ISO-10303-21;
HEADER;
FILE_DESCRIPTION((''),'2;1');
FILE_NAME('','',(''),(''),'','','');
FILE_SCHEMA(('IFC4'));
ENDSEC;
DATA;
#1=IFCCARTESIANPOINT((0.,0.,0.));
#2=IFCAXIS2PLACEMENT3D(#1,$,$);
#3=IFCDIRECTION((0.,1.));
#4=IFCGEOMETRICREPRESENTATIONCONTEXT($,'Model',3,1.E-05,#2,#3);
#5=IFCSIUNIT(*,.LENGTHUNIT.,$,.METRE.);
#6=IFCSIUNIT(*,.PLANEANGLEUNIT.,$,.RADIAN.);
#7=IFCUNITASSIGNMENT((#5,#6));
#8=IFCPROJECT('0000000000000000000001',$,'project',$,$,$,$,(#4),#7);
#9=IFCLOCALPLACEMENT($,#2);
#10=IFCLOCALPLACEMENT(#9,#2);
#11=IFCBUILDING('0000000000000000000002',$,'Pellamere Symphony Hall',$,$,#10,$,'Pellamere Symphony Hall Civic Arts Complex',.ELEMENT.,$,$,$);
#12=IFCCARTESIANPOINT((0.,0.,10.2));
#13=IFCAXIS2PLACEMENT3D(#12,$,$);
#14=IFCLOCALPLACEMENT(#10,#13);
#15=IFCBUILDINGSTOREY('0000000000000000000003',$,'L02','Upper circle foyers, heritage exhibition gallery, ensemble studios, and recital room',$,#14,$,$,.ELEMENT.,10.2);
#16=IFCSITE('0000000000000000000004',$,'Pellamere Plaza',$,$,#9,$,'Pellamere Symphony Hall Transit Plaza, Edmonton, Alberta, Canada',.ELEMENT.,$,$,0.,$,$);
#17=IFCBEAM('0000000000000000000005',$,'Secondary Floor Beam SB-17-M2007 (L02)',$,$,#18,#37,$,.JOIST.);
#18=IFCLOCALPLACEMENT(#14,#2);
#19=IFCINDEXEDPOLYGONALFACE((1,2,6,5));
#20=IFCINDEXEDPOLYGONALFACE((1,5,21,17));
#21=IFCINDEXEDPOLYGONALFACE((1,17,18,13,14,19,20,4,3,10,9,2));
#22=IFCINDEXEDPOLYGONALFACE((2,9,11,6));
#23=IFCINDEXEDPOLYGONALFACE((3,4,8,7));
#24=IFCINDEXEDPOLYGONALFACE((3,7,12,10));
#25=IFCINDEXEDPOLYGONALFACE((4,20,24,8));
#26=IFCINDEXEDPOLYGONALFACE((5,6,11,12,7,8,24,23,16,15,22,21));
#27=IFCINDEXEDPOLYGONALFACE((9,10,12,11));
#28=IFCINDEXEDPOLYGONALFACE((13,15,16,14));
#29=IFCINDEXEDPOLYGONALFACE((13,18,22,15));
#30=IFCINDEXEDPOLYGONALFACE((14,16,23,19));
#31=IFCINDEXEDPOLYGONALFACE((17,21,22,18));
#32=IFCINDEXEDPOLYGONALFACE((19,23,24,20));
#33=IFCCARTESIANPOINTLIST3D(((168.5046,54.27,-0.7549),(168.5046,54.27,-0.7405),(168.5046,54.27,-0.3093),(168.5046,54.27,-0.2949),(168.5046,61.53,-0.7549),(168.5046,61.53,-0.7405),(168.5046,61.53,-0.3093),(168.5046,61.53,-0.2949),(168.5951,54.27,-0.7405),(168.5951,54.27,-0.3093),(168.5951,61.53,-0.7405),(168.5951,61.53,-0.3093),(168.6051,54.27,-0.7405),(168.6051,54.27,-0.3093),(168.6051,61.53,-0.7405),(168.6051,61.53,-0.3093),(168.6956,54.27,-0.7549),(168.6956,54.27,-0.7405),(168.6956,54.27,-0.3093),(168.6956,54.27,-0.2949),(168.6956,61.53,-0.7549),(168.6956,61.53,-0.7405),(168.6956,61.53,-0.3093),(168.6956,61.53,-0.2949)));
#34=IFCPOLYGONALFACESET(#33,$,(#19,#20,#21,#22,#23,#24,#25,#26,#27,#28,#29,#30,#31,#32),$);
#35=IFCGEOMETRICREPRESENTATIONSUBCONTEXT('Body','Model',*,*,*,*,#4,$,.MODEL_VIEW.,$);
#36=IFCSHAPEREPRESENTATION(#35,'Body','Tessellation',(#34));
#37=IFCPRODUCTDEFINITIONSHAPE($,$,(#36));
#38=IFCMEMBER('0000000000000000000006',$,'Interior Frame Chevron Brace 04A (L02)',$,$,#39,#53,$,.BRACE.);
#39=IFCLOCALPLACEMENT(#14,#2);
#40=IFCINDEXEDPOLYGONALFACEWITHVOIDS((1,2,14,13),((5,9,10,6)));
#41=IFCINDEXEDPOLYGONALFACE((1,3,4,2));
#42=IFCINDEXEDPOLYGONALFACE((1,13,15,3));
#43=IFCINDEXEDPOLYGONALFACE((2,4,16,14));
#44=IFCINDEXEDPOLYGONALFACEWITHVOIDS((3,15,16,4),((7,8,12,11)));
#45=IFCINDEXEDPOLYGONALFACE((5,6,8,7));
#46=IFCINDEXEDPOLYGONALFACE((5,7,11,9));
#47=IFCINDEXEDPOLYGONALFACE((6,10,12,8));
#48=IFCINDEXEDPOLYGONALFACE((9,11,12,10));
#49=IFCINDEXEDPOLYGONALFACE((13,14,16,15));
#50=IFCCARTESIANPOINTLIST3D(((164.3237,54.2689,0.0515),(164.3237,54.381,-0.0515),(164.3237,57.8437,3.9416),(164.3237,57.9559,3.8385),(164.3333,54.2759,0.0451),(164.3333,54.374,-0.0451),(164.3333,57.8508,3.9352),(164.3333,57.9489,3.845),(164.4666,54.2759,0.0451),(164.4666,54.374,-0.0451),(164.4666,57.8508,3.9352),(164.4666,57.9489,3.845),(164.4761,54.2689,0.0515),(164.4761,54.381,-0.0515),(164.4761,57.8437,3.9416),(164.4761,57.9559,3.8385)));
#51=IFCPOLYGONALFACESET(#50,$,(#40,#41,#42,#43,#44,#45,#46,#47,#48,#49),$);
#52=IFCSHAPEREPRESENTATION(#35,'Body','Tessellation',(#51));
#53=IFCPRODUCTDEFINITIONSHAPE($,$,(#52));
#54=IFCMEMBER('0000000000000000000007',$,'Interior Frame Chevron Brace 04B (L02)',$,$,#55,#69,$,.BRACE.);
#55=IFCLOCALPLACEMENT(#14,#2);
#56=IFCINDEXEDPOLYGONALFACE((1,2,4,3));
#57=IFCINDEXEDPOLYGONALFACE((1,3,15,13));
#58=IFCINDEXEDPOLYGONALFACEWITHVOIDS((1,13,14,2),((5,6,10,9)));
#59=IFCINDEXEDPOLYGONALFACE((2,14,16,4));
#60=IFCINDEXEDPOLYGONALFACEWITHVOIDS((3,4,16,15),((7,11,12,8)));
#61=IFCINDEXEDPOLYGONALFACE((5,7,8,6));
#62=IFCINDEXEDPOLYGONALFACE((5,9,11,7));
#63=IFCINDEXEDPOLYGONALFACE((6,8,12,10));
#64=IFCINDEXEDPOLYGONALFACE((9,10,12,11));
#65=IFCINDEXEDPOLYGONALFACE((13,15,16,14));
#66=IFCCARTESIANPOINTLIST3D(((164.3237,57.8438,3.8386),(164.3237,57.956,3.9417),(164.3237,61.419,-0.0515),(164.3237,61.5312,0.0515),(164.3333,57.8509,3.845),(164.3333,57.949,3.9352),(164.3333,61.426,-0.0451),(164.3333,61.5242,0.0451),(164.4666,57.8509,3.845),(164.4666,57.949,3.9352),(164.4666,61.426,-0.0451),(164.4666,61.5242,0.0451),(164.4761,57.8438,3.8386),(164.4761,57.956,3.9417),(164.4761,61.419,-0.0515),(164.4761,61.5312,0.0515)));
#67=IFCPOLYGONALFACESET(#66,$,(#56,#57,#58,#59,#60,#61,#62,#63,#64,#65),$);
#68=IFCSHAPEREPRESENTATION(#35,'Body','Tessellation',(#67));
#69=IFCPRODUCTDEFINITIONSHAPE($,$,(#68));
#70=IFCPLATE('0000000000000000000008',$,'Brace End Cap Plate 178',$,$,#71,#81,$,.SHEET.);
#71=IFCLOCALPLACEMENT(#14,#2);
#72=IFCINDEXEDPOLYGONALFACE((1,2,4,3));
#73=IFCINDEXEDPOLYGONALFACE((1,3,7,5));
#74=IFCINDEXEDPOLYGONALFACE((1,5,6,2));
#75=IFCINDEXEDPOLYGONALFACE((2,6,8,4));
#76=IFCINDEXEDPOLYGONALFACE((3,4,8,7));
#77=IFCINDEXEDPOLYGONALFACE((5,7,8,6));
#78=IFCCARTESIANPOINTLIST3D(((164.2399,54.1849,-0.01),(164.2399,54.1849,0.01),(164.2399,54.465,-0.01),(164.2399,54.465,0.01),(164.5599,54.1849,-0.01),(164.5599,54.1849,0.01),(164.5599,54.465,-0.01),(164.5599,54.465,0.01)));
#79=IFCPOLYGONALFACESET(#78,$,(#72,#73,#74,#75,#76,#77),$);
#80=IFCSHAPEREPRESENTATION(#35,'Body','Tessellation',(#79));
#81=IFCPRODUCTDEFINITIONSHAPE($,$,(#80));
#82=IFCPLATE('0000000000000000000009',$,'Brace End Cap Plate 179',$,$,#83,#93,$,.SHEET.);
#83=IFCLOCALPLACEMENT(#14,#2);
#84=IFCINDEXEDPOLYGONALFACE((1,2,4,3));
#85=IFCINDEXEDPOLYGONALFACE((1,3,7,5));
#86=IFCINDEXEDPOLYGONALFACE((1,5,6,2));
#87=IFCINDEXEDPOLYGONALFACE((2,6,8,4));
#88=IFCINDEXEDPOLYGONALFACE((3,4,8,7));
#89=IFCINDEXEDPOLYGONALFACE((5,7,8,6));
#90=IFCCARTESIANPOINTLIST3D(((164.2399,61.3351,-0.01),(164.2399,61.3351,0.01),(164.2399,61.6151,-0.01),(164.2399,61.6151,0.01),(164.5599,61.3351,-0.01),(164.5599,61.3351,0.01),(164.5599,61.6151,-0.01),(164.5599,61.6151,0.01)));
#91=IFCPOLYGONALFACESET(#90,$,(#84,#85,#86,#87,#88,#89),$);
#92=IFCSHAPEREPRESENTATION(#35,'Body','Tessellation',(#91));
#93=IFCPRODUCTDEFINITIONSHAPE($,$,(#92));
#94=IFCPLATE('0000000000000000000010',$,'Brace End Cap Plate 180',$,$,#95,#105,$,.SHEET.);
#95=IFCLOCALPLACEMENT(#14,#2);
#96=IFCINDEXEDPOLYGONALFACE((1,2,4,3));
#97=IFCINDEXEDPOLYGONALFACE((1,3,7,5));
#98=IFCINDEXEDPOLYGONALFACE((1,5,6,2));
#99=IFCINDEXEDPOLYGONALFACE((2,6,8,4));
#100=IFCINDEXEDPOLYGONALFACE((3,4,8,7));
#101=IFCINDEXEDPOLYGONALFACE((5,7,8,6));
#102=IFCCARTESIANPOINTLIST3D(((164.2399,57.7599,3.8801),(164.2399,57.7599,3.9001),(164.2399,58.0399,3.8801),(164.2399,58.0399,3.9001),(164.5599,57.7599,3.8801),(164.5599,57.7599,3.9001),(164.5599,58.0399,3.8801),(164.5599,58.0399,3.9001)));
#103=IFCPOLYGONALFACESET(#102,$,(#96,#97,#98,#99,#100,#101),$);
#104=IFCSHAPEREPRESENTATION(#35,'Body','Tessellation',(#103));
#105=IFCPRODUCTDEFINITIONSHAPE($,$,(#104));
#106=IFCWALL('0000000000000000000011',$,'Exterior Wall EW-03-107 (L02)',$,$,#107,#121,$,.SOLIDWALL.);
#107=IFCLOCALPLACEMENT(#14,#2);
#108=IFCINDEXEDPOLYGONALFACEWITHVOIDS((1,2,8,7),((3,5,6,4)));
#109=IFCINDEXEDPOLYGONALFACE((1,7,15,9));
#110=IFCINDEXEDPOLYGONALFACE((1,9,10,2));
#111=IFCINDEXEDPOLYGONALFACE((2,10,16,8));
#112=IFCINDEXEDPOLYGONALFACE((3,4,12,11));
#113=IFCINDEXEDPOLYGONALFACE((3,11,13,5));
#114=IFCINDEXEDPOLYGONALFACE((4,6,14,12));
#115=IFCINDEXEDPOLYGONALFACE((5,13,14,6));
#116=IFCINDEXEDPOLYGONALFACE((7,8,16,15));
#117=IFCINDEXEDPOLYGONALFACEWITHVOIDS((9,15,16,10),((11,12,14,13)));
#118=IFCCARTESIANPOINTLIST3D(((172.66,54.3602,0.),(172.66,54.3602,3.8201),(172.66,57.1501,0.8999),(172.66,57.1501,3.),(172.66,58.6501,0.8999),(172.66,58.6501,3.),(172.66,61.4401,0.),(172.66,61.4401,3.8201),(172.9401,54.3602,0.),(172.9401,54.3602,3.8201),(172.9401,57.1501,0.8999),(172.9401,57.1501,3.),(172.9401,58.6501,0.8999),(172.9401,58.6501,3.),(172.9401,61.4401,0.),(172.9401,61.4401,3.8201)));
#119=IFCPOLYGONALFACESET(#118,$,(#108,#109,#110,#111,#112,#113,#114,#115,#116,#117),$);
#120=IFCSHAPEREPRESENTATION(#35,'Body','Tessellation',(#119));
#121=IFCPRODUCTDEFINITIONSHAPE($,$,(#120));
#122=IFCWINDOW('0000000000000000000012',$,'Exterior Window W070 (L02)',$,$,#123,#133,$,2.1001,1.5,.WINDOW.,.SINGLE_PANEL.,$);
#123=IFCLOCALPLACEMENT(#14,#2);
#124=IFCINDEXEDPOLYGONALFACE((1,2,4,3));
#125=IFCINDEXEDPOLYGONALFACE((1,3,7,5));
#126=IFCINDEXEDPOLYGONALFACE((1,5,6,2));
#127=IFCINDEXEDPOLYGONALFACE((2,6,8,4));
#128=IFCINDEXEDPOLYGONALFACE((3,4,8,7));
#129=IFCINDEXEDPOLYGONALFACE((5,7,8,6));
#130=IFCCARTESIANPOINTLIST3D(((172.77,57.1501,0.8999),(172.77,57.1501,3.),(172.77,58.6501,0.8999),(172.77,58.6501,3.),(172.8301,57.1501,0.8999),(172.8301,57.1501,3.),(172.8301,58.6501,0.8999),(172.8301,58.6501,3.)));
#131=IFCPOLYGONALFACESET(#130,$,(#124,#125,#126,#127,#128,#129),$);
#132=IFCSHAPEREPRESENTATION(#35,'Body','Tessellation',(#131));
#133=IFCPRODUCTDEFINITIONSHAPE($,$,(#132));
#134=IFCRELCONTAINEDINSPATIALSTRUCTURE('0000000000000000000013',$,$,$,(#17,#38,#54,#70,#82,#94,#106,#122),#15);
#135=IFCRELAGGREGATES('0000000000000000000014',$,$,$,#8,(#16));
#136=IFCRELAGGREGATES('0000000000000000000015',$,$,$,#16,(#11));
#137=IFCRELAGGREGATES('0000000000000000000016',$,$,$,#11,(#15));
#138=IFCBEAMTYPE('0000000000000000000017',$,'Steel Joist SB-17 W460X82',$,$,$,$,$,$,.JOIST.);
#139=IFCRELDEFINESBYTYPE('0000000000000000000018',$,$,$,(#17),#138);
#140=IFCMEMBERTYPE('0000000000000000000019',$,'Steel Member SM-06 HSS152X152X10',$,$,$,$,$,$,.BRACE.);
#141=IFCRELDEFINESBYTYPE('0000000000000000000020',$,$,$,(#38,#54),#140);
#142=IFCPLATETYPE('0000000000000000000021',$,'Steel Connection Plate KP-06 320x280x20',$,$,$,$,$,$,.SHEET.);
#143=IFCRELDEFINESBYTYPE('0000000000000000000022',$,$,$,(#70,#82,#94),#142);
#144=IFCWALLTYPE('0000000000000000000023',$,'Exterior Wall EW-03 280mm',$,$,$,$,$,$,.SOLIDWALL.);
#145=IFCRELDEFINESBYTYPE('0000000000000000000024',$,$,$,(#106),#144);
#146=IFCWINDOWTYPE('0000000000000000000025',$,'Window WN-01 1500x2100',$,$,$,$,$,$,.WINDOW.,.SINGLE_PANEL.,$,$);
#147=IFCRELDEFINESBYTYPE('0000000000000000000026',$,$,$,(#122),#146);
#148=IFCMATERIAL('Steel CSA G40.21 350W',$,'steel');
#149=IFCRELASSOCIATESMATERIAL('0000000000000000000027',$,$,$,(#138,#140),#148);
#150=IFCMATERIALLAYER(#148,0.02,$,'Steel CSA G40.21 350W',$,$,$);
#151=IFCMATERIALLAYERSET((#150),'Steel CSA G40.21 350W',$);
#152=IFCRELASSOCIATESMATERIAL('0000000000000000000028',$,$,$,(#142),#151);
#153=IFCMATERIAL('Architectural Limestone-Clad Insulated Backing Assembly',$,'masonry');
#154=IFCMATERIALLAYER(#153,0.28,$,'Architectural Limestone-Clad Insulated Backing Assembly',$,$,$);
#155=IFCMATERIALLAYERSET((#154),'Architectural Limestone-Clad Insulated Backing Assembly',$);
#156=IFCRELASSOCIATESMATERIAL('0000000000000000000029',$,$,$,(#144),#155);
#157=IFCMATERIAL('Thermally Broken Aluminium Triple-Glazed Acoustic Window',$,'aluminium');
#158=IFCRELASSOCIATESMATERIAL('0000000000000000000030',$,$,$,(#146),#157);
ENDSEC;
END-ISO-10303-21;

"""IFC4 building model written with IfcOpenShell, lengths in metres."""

from ifc_helpers import new_model, si_unit, direction, frame, frame_2d, origin, origin_2d, place, context, subcontext, project, spatial, rectangle, hollow_rectangle, i_section, extrude, material, layer, layer_set, material_profile, profile_set, type_object, element, fill, save


model = new_model("IFC4")

# Units and contexts
model_context = context("Model", 3, precision=1e-05, world=origin(), true_north=direction((0.0, 1.0)))
body_context = subcontext(model_context, "Body", "Model", "MODEL_VIEW")
ifc_project = project(units=[si_unit("LENGTHUNIT", "METRE"), si_unit("PLANEANGLEUNIT", "RADIAN")], contexts=[model_context])

# Site, building, storey
site_placement = place(None, origin())
site = spatial("IfcSite", under=ifc_project, at=site_placement, Name="Pellamere Plaza", LongName="Pellamere Symphony Hall Transit Plaza, Edmonton, Alberta, Canada", CompositionType="ELEMENT", RefElevation=0.0)
building_placement = place(site_placement, origin())
building = spatial("IfcBuilding", under=site, at=building_placement, Name="Pellamere Symphony Hall", LongName="Pellamere Symphony Hall Civic Arts Complex", CompositionType="ELEMENT")
storey_placement = place(building_placement, frame((0.0, 0.0, 10.2)))
storey = spatial("IfcBuildingStorey", under=building, at=storey_placement, Name="L02", Description="Upper circle foyers, heritage exhibition gallery, ensemble studios, and recital room", CompositionType="ELEMENT", Elevation=10.2)

# Beam
ifc_material_1 = material(Name="Steel CSA G40.21 350W", Category="steel")
ifc_material_profile_1 = material_profile(ifc_material_1, i_section(OverallWidth=0.1909, OverallDepth=0.46, WebThickness=0.01, FlangeThickness=0.0144, at=origin_2d()), Name="W460X82")
ifc_profile_set_1 = profile_set([ifc_material_profile_1], Name="Steel CSA G40.21 350W")
beam_type_1 = type_object("IfcBeamType", Name="Steel Joist SB-17 W460X82", PredefinedType="JOIST", material=ifc_profile_set_1)
for number, where, z_axis, x_axis, name in (
    (1, (168.6001, 54.27, -0.5249), (0.0, 1.0, 0.0), (-1.0, 0.0, 0.0), "Secondary Floor Beam SB-17-M2007 (L02)"),
):
    element("IfcBeam", number, at=place(storey_placement, frame(where, z_axis=z_axis, x_axis=x_axis)), inside=storey, type_object=beam_type_1, Name=name, PredefinedType="JOIST", context=body_context, shape_type="SweptSolid", body=[
        extrude(i_section(OverallWidth=0.1909, OverallDepth=0.46, WebThickness=0.01, FlangeThickness=0.0144, at=origin_2d()), origin(), (0.0, 0.0, 1.0), 7.26),
    ])

# Members
ifc_material_profile_2 = material_profile(ifc_material_1, hollow_rectangle(XDim=0.1523, YDim=0.1523, WallThickness=0.0095, at=origin_2d()), Name="HSS152X152X10")
ifc_profile_set_2 = profile_set([ifc_material_profile_2], Name="Steel CSA G40.21 350W")
member_type = type_object("IfcMemberType", Name="Steel Member SM-06 HSS152X152X10", PredefinedType="BRACE", material=ifc_profile_set_2)
member_1_placement = place(storey_placement, frame((164.3999, 54.325, 0.0), z_axis=(0.0, 0.676649, 0.736306), x_axis=(-1.0, 0.0, 0.0)))
element("IfcMember", 2, at=member_1_placement, inside=storey, type_object=member_type, Name="Interior Frame Chevron Brace 04A (L02)", PredefinedType="BRACE", context=body_context, shape_type="SweptSolid", body=[
    extrude(hollow_rectangle(XDim=0.1523, YDim=0.1523, WallThickness=0.0095, at=origin_2d()), origin(), (0.0, 0.0, 1.0), 5.2832),
])
member_2_placement = place(storey_placement, frame((164.3999, 61.4751, 0.0), z_axis=(0.0, -0.676674, 0.736283), x_axis=(1.0, 0.0, 0.0)))
element("IfcMember", 3, at=member_2_placement, inside=storey, type_object=member_type, Name="Interior Frame Chevron Brace 04B (L02)", PredefinedType="BRACE", context=body_context, shape_type="SweptSolid", body=[
    extrude(hollow_rectangle(XDim=0.1523, YDim=0.1523, WallThickness=0.0095, at=origin_2d()), origin(), (0.0, 0.0, 1.0), 5.2834),
])

# Plates
ifc_layer_1 = layer(ifc_material_1, 0.02, Name="Steel CSA G40.21 350W")
ifc_layer_set_1 = layer_set([ifc_layer_1], Name="Steel CSA G40.21 350W")
plate_type = type_object("IfcPlateType", Name="Steel Connection Plate KP-06 320x280x20", PredefinedType="SHEET", material=ifc_layer_set_1)
for number, where, z_axis, x_axis, name in (
    (4, (164.3999, 54.325, -0.01), (0.0, 0.0, 1.0), (1.0, 0.0, 0.0), "Brace End Cap Plate 178"),
    (5, (164.3999, 61.4751, -0.01), (0.0, 0.0, 1.0), (1.0, 0.0, 0.0), "Brace End Cap Plate 179"),
    (6, (164.3999, 57.8999, 3.8801), (0.0, 0.0, 1.0), (1.0, 0.0, 0.0), "Brace End Cap Plate 180"),
):
    element("IfcPlate", number, at=place(storey_placement, frame(where, z_axis=z_axis, x_axis=x_axis)), inside=storey, type_object=plate_type, Name=name, PredefinedType="SHEET", context=body_context, shape_type="SweptSolid", body=[
        extrude(rectangle(XDim=0.3201, YDim=0.28, at=origin_2d()), origin(), (0.0, 0.0, 1.0), 0.02),
    ])

# Wall, opening, window
ifc_material_2 = material(Name="Architectural Limestone-Clad Insulated Backing Assembly", Category="masonry")
ifc_layer_2 = layer(ifc_material_2, 0.28, Name="Architectural Limestone-Clad Insulated Backing Assembly")
ifc_layer_set_2 = layer_set([ifc_layer_2], Name="Architectural Limestone-Clad Insulated Backing Assembly")
wall_type = type_object("IfcWallType", Name="Exterior Wall EW-03 280mm", PredefinedType="SOLIDWALL", material=ifc_layer_set_2)
wall_placement = place(storey_placement, frame((172.8, 54.3601, 0.0), z_axis=(0.0, 0.0, 1.0), x_axis=(0.0, 1.0, 0.0)))
wall = element("IfcWall", 7, at=wall_placement, inside=storey, type_object=wall_type, Name="Exterior Wall EW-03-107 (L02)", PredefinedType="SOLIDWALL", context=body_context, shape_type="SweptSolid", body=[
    extrude(rectangle(XDim=7.0798, YDim=0.28, at=frame_2d((3.54, 0.0))), origin(), (0.0, 0.0, 1.0), 3.8201),
])
opening_placement = place(wall_placement, frame((2.79, 0.0, 0.8999)))
opening = element("IfcOpeningElement", 8, at=opening_placement, cuts=wall, PredefinedType="OPENING", context=body_context, shape_type="SweptSolid", body=[
    extrude(rectangle(XDim=1.5, YDim=2.1001, at=frame_2d((0.75, 1.05))), frame((0.0, 0.1499, 0.0), z_axis=(0.0, -1.0, 0.0), x_axis=(1.0, 0.0, 0.0)), (0.0, 0.0, 1.0), 0.3),
])
ifc_material_3 = material(Name="Thermally Broken Aluminium Triple-Glazed Acoustic Window", Category="aluminium")
window_type = type_object("IfcWindowType", Name="Window WN-01 1500x2100", PartitioningType="SINGLE_PANEL", PredefinedType="WINDOW", material=ifc_material_3)
window_placement = place(opening_placement, origin())
window = element("IfcWindow", 9, at=window_placement, inside=storey, type_object=window_type, Name="Exterior Window W070 (L02)", OverallHeight=2.1001, OverallWidth=1.5, PartitioningType="SINGLE_PANEL", PredefinedType="WINDOW", context=body_context, shape_type="SweptSolid", body=[
    extrude(rectangle(XDim=1.5, YDim=2.1001, at=frame_2d((0.75, 1.05))), frame((0.0, 0.03, 0.0), z_axis=(0.0, -1.0, 0.0), x_axis=(1.0, 0.0, 0.0)), (0.0, 0.0, 1.0), 0.0601),
])
fill(opening, window)

save(model, "model.ifc")
